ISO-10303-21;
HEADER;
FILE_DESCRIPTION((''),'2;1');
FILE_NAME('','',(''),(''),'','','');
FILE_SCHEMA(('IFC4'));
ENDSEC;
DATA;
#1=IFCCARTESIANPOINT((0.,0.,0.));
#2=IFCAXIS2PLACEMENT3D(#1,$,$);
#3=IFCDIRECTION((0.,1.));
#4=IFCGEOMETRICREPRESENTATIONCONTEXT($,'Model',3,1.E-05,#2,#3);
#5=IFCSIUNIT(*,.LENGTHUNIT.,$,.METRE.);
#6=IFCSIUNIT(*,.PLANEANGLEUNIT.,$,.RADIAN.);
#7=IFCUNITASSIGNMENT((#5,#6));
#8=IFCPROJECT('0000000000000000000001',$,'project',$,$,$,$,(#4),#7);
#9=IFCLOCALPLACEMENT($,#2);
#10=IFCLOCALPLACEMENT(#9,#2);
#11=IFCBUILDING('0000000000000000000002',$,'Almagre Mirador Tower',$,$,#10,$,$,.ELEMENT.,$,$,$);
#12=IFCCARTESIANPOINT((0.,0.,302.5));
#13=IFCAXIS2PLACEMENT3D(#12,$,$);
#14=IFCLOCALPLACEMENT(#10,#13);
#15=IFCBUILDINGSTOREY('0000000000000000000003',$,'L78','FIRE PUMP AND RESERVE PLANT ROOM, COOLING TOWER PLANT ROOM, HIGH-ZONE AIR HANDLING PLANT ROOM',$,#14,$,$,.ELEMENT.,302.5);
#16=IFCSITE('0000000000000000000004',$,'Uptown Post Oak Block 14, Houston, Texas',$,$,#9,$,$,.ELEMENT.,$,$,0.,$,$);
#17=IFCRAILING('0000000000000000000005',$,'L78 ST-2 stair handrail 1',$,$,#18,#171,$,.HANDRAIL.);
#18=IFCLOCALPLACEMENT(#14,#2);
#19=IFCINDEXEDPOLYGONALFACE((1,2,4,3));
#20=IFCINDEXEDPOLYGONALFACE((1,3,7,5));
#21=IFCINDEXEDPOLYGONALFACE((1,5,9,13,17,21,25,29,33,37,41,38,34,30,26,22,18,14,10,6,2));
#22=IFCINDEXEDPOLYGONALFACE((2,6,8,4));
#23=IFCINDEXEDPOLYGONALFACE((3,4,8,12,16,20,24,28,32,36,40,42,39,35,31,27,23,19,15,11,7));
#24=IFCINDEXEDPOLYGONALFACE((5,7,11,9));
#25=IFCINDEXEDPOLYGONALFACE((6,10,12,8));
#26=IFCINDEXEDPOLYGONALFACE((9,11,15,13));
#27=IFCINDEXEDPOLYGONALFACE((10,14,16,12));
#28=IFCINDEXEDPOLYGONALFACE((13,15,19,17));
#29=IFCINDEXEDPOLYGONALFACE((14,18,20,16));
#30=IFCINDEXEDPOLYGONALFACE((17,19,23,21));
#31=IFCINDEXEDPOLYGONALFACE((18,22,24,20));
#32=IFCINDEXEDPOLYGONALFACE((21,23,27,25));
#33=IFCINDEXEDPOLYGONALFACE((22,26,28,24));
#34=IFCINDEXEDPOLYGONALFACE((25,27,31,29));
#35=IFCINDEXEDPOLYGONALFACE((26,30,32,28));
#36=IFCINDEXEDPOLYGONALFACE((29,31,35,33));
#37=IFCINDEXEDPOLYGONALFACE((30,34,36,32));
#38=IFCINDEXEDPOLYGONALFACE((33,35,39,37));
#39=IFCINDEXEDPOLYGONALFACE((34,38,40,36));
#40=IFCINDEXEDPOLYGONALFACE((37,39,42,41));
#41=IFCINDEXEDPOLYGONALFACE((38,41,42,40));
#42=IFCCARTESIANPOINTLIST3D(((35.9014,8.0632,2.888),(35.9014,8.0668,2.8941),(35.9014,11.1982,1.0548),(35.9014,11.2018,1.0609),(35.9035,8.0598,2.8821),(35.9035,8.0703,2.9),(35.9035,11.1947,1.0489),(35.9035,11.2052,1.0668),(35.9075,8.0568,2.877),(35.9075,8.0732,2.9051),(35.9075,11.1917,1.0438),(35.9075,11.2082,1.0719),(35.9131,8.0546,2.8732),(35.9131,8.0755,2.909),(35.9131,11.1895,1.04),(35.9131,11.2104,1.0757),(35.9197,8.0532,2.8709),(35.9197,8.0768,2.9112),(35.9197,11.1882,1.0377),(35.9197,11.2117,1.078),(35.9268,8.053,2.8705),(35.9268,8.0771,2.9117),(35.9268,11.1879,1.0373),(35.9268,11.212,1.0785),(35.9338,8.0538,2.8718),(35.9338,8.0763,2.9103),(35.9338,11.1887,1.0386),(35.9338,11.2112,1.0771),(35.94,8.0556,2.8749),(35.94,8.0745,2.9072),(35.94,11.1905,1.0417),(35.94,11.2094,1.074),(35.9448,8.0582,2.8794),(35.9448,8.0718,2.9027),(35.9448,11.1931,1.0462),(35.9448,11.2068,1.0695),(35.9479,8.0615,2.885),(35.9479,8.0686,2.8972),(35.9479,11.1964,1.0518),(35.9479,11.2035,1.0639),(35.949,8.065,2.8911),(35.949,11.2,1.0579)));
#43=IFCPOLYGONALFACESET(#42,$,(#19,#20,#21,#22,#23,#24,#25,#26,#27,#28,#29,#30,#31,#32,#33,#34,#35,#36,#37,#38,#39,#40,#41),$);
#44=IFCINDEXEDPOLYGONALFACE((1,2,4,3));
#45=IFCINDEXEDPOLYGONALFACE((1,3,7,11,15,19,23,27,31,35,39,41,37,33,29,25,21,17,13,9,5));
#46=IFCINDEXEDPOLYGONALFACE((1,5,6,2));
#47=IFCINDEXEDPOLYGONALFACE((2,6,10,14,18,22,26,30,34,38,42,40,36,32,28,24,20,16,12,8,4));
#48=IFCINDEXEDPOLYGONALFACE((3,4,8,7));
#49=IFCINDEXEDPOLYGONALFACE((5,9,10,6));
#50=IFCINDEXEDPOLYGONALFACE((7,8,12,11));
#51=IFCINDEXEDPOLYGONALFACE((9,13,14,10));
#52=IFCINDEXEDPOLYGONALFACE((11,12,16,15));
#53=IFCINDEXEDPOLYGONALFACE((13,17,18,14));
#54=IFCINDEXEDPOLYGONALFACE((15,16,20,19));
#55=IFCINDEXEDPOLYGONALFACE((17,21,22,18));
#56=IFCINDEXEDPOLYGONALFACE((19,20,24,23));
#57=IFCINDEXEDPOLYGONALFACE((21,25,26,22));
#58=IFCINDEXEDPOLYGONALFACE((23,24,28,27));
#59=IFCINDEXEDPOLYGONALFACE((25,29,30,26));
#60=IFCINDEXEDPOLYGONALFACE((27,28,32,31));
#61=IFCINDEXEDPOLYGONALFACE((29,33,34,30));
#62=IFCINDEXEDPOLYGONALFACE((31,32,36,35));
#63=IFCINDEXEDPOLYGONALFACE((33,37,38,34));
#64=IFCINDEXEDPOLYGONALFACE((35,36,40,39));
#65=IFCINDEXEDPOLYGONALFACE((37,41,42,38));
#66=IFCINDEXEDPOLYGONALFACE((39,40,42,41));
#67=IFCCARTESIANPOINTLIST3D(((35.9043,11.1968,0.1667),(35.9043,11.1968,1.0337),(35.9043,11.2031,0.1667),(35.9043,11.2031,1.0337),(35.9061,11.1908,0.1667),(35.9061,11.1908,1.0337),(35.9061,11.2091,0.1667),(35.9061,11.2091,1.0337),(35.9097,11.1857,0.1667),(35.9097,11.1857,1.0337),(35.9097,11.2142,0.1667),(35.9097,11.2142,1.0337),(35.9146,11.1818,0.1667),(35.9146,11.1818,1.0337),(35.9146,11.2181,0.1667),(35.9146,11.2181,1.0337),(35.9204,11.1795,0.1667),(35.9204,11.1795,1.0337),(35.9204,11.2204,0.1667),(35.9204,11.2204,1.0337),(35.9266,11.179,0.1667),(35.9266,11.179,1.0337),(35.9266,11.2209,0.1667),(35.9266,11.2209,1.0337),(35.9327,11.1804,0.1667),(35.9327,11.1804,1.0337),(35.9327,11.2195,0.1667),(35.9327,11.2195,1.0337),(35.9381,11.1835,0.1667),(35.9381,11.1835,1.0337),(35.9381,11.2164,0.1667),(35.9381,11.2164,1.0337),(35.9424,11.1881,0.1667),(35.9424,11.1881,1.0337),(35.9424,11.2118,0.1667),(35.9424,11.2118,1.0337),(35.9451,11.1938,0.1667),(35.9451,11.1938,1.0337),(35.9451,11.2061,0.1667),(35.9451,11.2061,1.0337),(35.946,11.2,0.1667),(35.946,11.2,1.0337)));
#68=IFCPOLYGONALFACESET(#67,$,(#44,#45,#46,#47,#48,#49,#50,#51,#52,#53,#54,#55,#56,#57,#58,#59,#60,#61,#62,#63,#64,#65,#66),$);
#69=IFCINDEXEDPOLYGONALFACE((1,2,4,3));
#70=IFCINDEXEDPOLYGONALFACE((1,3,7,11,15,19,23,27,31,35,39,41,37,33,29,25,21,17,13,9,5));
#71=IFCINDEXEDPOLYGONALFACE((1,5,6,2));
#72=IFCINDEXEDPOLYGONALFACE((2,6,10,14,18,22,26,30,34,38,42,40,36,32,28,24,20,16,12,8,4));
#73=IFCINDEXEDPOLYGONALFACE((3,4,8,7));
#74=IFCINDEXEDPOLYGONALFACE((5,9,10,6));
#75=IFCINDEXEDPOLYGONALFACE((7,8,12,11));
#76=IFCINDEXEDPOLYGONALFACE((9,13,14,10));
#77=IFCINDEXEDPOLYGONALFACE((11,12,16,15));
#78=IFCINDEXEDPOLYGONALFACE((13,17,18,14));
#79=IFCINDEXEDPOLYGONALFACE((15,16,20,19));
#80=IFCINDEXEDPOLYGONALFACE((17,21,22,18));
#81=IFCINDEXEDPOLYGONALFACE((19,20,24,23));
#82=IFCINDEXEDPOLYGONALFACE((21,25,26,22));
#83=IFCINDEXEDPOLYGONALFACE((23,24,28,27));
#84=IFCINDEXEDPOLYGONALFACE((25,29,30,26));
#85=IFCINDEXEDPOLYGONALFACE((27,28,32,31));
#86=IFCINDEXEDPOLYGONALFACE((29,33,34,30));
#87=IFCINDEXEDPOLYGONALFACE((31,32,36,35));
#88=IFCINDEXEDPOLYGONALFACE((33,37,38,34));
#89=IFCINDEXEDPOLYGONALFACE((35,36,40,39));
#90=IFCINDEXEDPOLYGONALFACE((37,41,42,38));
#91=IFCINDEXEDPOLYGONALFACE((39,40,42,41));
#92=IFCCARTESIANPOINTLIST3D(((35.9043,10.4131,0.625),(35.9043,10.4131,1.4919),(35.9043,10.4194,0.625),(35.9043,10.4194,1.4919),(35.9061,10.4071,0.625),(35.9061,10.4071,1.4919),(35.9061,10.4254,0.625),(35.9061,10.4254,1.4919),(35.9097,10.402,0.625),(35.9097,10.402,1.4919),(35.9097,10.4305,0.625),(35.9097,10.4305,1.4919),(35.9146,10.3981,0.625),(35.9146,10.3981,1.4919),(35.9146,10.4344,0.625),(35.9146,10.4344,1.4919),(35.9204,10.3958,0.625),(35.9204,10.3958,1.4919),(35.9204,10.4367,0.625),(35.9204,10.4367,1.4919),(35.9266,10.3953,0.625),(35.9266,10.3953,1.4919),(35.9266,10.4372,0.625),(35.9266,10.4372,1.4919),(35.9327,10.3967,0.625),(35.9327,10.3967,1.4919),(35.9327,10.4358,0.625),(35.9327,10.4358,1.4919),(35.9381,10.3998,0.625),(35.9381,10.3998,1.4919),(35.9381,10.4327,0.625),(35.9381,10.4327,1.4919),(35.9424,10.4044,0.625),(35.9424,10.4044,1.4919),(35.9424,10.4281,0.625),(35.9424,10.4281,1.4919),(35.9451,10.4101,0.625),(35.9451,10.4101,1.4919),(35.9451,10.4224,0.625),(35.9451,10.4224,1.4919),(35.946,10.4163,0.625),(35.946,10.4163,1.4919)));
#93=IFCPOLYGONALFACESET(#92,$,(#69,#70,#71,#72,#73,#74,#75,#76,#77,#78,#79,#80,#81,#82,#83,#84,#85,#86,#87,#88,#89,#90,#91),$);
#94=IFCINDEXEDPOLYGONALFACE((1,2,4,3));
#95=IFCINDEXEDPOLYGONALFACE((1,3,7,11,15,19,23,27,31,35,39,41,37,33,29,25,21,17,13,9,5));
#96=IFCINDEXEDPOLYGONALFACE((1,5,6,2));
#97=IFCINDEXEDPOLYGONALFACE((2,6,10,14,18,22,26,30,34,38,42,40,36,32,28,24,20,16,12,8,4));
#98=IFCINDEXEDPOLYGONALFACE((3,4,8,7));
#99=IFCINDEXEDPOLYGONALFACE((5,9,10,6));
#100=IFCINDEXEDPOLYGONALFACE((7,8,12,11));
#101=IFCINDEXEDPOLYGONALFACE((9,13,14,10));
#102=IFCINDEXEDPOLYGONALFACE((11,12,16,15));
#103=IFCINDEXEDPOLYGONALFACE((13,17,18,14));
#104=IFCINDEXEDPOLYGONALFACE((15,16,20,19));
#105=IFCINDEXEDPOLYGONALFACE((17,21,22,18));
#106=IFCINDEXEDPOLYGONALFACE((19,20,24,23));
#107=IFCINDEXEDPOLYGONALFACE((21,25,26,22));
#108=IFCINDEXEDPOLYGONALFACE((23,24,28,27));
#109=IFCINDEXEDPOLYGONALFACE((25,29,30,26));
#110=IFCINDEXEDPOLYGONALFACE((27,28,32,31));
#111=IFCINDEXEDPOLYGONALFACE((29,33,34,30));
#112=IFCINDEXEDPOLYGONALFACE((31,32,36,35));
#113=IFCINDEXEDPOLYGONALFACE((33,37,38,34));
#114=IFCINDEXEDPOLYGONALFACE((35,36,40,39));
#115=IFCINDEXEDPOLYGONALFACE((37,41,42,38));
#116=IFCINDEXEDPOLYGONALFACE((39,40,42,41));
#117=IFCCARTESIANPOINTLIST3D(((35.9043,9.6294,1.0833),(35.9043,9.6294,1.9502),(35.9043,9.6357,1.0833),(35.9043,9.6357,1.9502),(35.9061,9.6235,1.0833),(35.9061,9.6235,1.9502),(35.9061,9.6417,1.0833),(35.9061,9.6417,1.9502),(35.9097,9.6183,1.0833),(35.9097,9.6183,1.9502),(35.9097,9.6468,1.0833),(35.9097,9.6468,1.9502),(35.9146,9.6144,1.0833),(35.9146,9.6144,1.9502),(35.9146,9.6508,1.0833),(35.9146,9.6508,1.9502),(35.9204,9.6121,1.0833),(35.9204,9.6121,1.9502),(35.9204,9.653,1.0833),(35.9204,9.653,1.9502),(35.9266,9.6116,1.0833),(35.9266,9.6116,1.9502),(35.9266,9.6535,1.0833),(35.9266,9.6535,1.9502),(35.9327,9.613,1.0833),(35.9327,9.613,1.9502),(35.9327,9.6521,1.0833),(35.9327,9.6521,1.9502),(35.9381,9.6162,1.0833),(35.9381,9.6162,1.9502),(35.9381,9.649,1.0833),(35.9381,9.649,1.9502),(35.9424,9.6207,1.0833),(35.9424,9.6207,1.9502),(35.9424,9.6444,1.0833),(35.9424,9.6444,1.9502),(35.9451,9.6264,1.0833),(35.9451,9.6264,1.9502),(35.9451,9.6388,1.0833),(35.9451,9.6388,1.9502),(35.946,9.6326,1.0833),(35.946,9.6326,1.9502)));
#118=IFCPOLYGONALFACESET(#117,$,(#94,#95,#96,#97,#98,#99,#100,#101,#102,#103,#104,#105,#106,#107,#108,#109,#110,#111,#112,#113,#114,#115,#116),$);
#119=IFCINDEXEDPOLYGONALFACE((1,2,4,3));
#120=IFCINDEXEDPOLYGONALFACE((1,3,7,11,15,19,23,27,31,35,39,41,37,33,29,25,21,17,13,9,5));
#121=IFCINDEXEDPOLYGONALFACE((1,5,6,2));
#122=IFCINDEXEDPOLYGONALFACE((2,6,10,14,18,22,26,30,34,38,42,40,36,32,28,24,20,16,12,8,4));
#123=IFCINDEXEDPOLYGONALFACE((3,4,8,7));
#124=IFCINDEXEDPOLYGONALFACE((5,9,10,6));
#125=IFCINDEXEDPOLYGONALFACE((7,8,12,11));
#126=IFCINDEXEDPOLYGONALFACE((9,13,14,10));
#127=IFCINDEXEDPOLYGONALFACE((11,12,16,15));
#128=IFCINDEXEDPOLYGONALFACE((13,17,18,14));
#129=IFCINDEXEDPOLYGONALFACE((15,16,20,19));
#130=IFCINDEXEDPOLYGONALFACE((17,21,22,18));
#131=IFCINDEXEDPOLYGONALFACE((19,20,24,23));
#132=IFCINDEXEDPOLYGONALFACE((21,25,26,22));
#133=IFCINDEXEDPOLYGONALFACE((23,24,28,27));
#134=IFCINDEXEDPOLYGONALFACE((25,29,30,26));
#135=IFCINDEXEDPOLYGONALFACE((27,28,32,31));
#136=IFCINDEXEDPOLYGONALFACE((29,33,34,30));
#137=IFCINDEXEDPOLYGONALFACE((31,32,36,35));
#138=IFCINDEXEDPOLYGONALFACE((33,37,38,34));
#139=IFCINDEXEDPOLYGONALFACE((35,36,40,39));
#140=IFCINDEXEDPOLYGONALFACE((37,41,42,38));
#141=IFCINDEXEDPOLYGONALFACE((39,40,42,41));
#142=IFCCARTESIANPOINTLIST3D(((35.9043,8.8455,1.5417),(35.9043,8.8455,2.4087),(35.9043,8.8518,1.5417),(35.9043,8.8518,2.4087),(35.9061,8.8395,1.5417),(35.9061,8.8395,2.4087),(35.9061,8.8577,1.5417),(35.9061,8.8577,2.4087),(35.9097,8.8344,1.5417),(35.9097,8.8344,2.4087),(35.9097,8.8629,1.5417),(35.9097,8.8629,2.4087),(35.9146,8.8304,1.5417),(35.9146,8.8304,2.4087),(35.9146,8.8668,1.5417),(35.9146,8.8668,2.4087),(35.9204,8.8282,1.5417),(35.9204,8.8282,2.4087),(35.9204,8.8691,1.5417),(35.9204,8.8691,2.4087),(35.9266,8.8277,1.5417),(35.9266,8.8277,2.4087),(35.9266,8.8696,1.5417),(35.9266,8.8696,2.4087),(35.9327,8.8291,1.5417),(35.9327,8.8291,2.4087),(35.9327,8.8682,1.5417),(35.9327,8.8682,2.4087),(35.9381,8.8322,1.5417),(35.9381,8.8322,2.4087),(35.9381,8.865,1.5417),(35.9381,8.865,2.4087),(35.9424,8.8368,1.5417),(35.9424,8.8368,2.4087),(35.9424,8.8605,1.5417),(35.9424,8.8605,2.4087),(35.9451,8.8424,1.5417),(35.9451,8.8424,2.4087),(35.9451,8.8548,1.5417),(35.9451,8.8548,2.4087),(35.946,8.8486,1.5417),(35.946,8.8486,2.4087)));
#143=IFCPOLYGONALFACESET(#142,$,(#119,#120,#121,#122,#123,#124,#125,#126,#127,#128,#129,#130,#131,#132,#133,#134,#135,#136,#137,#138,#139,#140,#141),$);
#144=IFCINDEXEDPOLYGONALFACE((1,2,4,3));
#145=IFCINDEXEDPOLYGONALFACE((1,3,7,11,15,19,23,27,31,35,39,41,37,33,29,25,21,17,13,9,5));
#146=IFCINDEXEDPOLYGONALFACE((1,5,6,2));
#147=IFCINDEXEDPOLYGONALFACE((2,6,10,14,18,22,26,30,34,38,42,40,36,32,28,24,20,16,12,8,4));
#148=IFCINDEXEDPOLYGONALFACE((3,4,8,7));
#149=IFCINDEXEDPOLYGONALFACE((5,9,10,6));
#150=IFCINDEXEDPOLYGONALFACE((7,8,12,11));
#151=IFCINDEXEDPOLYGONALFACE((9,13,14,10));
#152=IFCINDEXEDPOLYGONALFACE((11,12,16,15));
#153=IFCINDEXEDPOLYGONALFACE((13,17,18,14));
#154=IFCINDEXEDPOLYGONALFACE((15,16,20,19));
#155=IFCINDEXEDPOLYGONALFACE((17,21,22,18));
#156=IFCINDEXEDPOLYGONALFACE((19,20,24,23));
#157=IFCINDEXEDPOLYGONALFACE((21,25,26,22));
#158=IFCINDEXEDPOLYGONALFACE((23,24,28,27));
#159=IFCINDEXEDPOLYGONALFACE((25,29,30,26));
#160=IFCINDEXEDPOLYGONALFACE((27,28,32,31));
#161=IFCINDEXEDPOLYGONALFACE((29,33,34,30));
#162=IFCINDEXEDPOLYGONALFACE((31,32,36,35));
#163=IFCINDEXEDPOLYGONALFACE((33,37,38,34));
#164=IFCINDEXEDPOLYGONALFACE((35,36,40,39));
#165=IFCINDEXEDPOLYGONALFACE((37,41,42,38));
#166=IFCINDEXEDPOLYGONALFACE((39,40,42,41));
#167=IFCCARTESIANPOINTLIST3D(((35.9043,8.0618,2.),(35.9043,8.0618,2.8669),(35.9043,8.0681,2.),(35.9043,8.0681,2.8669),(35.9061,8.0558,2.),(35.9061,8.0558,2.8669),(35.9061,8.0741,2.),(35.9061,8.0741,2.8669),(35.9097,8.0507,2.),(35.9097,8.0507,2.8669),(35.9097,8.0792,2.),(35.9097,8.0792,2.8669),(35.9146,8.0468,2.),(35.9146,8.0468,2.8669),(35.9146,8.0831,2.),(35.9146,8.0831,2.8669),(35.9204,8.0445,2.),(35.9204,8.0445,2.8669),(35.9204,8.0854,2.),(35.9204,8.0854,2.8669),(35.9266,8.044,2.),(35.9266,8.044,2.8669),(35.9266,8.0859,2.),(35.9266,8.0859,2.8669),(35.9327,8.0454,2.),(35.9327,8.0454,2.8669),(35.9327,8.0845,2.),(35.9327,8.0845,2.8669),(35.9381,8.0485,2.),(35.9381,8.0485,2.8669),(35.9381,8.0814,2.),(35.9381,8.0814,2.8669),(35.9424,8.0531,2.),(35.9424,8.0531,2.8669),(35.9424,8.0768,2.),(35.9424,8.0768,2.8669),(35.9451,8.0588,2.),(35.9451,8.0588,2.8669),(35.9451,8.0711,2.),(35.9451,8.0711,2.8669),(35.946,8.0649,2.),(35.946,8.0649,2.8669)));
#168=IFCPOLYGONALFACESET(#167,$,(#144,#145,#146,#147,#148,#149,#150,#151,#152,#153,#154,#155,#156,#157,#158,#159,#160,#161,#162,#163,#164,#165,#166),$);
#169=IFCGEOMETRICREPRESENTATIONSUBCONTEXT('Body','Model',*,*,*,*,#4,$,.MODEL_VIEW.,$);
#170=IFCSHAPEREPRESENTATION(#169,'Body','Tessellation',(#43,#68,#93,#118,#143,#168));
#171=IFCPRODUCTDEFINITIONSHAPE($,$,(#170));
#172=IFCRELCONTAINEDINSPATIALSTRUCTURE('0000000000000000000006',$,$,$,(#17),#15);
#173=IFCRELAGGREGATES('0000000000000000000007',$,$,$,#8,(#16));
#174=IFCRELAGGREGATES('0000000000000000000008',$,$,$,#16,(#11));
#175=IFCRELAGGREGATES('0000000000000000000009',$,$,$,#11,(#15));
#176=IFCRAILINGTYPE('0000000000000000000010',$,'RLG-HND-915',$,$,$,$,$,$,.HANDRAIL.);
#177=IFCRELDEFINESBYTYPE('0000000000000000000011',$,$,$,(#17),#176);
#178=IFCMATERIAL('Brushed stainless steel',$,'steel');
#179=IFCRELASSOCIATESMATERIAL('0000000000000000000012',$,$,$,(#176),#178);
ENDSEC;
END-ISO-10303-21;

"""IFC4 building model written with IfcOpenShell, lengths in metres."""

from ifc_helpers import new_model, si_unit, direction, frame, origin, origin_2d, place, context, subcontext, project, spatial, circle, extrude, material, type_object, element, save


model = new_model("IFC4")

# Units and contexts
model_context = context("Model", 3, precision=1e-05, world=origin(), true_north=direction((0.0, 1.0)))
body_context = subcontext(model_context, "Body", "Model", "MODEL_VIEW")
ifc_project = project(units=[si_unit("LENGTHUNIT", "METRE"), si_unit("PLANEANGLEUNIT", "RADIAN")], contexts=[model_context])

# Site, building, storey
site_placement = place(None, origin())
site = spatial("IfcSite", under=ifc_project, at=site_placement, Name="Uptown Post Oak Block 14, Houston, Texas", CompositionType="ELEMENT", RefElevation=0.0)
building_placement = place(site_placement, origin())
building = spatial("IfcBuilding", under=site, at=building_placement, Name="Almagre Mirador Tower", CompositionType="ELEMENT")
storey_placement = place(building_placement, frame((0.0, 0.0, 302.5)))
storey = spatial("IfcBuildingStorey", under=building, at=storey_placement, Name="L78", Description="FIRE PUMP AND RESERVE PLANT ROOM, COOLING TOWER PLANT ROOM, HIGH-ZONE AIR HANDLING PLANT ROOM", CompositionType="ELEMENT", Elevation=302.5)

# Railing
ifc_material_1 = material(Name="Brushed stainless steel", Category="steel")
railing_type_1 = type_object("IfcRailingType", Name="RLG-HND-915", PredefinedType="HANDRAIL", material=ifc_material_1)
railing_1_placement = place(storey_placement, frame((35.925, 11.2, 0.1667)))
element("IfcRailing", 1, at=railing_1_placement, inside=storey, type_object=railing_type_1, Name="L78 ST-2 stair handrail 1", PredefinedType="HANDRAIL", context=body_context, shape_type="SweptSolid", body=[
    extrude(circle(Radius=0.0239, at=origin_2d()), frame((0.0, 0.0, 0.8911), z_axis=(0.0, -0.86324, 0.504794), x_axis=(1.0, 0.0, 0.0)), (0.0, 0.0, 1.0), 3.6316),
    extrude(circle(Radius=0.021, at=origin_2d()), origin(), (0.0, 0.0, 1.0), 0.8669),
    extrude(circle(Radius=0.021, at=origin_2d()), frame((0.0, -0.7837, 0.4583)), (0.0, 0.0, 1.0), 0.8669),
    extrude(circle(Radius=0.021, at=origin_2d()), frame((0.0, -1.5674, 0.9165)), (0.0, 0.0, 1.0), 0.8669),
    extrude(circle(Radius=0.021, at=origin_2d()), frame((0.0, -2.3513, 1.375)), (0.0, 0.0, 1.0), 0.8669),
    extrude(circle(Radius=0.021, at=origin_2d()), frame((0.0, -3.135, 1.8333)), (0.0, 0.0, 1.0), 0.8669),
])

save(model, "model.ifc")
